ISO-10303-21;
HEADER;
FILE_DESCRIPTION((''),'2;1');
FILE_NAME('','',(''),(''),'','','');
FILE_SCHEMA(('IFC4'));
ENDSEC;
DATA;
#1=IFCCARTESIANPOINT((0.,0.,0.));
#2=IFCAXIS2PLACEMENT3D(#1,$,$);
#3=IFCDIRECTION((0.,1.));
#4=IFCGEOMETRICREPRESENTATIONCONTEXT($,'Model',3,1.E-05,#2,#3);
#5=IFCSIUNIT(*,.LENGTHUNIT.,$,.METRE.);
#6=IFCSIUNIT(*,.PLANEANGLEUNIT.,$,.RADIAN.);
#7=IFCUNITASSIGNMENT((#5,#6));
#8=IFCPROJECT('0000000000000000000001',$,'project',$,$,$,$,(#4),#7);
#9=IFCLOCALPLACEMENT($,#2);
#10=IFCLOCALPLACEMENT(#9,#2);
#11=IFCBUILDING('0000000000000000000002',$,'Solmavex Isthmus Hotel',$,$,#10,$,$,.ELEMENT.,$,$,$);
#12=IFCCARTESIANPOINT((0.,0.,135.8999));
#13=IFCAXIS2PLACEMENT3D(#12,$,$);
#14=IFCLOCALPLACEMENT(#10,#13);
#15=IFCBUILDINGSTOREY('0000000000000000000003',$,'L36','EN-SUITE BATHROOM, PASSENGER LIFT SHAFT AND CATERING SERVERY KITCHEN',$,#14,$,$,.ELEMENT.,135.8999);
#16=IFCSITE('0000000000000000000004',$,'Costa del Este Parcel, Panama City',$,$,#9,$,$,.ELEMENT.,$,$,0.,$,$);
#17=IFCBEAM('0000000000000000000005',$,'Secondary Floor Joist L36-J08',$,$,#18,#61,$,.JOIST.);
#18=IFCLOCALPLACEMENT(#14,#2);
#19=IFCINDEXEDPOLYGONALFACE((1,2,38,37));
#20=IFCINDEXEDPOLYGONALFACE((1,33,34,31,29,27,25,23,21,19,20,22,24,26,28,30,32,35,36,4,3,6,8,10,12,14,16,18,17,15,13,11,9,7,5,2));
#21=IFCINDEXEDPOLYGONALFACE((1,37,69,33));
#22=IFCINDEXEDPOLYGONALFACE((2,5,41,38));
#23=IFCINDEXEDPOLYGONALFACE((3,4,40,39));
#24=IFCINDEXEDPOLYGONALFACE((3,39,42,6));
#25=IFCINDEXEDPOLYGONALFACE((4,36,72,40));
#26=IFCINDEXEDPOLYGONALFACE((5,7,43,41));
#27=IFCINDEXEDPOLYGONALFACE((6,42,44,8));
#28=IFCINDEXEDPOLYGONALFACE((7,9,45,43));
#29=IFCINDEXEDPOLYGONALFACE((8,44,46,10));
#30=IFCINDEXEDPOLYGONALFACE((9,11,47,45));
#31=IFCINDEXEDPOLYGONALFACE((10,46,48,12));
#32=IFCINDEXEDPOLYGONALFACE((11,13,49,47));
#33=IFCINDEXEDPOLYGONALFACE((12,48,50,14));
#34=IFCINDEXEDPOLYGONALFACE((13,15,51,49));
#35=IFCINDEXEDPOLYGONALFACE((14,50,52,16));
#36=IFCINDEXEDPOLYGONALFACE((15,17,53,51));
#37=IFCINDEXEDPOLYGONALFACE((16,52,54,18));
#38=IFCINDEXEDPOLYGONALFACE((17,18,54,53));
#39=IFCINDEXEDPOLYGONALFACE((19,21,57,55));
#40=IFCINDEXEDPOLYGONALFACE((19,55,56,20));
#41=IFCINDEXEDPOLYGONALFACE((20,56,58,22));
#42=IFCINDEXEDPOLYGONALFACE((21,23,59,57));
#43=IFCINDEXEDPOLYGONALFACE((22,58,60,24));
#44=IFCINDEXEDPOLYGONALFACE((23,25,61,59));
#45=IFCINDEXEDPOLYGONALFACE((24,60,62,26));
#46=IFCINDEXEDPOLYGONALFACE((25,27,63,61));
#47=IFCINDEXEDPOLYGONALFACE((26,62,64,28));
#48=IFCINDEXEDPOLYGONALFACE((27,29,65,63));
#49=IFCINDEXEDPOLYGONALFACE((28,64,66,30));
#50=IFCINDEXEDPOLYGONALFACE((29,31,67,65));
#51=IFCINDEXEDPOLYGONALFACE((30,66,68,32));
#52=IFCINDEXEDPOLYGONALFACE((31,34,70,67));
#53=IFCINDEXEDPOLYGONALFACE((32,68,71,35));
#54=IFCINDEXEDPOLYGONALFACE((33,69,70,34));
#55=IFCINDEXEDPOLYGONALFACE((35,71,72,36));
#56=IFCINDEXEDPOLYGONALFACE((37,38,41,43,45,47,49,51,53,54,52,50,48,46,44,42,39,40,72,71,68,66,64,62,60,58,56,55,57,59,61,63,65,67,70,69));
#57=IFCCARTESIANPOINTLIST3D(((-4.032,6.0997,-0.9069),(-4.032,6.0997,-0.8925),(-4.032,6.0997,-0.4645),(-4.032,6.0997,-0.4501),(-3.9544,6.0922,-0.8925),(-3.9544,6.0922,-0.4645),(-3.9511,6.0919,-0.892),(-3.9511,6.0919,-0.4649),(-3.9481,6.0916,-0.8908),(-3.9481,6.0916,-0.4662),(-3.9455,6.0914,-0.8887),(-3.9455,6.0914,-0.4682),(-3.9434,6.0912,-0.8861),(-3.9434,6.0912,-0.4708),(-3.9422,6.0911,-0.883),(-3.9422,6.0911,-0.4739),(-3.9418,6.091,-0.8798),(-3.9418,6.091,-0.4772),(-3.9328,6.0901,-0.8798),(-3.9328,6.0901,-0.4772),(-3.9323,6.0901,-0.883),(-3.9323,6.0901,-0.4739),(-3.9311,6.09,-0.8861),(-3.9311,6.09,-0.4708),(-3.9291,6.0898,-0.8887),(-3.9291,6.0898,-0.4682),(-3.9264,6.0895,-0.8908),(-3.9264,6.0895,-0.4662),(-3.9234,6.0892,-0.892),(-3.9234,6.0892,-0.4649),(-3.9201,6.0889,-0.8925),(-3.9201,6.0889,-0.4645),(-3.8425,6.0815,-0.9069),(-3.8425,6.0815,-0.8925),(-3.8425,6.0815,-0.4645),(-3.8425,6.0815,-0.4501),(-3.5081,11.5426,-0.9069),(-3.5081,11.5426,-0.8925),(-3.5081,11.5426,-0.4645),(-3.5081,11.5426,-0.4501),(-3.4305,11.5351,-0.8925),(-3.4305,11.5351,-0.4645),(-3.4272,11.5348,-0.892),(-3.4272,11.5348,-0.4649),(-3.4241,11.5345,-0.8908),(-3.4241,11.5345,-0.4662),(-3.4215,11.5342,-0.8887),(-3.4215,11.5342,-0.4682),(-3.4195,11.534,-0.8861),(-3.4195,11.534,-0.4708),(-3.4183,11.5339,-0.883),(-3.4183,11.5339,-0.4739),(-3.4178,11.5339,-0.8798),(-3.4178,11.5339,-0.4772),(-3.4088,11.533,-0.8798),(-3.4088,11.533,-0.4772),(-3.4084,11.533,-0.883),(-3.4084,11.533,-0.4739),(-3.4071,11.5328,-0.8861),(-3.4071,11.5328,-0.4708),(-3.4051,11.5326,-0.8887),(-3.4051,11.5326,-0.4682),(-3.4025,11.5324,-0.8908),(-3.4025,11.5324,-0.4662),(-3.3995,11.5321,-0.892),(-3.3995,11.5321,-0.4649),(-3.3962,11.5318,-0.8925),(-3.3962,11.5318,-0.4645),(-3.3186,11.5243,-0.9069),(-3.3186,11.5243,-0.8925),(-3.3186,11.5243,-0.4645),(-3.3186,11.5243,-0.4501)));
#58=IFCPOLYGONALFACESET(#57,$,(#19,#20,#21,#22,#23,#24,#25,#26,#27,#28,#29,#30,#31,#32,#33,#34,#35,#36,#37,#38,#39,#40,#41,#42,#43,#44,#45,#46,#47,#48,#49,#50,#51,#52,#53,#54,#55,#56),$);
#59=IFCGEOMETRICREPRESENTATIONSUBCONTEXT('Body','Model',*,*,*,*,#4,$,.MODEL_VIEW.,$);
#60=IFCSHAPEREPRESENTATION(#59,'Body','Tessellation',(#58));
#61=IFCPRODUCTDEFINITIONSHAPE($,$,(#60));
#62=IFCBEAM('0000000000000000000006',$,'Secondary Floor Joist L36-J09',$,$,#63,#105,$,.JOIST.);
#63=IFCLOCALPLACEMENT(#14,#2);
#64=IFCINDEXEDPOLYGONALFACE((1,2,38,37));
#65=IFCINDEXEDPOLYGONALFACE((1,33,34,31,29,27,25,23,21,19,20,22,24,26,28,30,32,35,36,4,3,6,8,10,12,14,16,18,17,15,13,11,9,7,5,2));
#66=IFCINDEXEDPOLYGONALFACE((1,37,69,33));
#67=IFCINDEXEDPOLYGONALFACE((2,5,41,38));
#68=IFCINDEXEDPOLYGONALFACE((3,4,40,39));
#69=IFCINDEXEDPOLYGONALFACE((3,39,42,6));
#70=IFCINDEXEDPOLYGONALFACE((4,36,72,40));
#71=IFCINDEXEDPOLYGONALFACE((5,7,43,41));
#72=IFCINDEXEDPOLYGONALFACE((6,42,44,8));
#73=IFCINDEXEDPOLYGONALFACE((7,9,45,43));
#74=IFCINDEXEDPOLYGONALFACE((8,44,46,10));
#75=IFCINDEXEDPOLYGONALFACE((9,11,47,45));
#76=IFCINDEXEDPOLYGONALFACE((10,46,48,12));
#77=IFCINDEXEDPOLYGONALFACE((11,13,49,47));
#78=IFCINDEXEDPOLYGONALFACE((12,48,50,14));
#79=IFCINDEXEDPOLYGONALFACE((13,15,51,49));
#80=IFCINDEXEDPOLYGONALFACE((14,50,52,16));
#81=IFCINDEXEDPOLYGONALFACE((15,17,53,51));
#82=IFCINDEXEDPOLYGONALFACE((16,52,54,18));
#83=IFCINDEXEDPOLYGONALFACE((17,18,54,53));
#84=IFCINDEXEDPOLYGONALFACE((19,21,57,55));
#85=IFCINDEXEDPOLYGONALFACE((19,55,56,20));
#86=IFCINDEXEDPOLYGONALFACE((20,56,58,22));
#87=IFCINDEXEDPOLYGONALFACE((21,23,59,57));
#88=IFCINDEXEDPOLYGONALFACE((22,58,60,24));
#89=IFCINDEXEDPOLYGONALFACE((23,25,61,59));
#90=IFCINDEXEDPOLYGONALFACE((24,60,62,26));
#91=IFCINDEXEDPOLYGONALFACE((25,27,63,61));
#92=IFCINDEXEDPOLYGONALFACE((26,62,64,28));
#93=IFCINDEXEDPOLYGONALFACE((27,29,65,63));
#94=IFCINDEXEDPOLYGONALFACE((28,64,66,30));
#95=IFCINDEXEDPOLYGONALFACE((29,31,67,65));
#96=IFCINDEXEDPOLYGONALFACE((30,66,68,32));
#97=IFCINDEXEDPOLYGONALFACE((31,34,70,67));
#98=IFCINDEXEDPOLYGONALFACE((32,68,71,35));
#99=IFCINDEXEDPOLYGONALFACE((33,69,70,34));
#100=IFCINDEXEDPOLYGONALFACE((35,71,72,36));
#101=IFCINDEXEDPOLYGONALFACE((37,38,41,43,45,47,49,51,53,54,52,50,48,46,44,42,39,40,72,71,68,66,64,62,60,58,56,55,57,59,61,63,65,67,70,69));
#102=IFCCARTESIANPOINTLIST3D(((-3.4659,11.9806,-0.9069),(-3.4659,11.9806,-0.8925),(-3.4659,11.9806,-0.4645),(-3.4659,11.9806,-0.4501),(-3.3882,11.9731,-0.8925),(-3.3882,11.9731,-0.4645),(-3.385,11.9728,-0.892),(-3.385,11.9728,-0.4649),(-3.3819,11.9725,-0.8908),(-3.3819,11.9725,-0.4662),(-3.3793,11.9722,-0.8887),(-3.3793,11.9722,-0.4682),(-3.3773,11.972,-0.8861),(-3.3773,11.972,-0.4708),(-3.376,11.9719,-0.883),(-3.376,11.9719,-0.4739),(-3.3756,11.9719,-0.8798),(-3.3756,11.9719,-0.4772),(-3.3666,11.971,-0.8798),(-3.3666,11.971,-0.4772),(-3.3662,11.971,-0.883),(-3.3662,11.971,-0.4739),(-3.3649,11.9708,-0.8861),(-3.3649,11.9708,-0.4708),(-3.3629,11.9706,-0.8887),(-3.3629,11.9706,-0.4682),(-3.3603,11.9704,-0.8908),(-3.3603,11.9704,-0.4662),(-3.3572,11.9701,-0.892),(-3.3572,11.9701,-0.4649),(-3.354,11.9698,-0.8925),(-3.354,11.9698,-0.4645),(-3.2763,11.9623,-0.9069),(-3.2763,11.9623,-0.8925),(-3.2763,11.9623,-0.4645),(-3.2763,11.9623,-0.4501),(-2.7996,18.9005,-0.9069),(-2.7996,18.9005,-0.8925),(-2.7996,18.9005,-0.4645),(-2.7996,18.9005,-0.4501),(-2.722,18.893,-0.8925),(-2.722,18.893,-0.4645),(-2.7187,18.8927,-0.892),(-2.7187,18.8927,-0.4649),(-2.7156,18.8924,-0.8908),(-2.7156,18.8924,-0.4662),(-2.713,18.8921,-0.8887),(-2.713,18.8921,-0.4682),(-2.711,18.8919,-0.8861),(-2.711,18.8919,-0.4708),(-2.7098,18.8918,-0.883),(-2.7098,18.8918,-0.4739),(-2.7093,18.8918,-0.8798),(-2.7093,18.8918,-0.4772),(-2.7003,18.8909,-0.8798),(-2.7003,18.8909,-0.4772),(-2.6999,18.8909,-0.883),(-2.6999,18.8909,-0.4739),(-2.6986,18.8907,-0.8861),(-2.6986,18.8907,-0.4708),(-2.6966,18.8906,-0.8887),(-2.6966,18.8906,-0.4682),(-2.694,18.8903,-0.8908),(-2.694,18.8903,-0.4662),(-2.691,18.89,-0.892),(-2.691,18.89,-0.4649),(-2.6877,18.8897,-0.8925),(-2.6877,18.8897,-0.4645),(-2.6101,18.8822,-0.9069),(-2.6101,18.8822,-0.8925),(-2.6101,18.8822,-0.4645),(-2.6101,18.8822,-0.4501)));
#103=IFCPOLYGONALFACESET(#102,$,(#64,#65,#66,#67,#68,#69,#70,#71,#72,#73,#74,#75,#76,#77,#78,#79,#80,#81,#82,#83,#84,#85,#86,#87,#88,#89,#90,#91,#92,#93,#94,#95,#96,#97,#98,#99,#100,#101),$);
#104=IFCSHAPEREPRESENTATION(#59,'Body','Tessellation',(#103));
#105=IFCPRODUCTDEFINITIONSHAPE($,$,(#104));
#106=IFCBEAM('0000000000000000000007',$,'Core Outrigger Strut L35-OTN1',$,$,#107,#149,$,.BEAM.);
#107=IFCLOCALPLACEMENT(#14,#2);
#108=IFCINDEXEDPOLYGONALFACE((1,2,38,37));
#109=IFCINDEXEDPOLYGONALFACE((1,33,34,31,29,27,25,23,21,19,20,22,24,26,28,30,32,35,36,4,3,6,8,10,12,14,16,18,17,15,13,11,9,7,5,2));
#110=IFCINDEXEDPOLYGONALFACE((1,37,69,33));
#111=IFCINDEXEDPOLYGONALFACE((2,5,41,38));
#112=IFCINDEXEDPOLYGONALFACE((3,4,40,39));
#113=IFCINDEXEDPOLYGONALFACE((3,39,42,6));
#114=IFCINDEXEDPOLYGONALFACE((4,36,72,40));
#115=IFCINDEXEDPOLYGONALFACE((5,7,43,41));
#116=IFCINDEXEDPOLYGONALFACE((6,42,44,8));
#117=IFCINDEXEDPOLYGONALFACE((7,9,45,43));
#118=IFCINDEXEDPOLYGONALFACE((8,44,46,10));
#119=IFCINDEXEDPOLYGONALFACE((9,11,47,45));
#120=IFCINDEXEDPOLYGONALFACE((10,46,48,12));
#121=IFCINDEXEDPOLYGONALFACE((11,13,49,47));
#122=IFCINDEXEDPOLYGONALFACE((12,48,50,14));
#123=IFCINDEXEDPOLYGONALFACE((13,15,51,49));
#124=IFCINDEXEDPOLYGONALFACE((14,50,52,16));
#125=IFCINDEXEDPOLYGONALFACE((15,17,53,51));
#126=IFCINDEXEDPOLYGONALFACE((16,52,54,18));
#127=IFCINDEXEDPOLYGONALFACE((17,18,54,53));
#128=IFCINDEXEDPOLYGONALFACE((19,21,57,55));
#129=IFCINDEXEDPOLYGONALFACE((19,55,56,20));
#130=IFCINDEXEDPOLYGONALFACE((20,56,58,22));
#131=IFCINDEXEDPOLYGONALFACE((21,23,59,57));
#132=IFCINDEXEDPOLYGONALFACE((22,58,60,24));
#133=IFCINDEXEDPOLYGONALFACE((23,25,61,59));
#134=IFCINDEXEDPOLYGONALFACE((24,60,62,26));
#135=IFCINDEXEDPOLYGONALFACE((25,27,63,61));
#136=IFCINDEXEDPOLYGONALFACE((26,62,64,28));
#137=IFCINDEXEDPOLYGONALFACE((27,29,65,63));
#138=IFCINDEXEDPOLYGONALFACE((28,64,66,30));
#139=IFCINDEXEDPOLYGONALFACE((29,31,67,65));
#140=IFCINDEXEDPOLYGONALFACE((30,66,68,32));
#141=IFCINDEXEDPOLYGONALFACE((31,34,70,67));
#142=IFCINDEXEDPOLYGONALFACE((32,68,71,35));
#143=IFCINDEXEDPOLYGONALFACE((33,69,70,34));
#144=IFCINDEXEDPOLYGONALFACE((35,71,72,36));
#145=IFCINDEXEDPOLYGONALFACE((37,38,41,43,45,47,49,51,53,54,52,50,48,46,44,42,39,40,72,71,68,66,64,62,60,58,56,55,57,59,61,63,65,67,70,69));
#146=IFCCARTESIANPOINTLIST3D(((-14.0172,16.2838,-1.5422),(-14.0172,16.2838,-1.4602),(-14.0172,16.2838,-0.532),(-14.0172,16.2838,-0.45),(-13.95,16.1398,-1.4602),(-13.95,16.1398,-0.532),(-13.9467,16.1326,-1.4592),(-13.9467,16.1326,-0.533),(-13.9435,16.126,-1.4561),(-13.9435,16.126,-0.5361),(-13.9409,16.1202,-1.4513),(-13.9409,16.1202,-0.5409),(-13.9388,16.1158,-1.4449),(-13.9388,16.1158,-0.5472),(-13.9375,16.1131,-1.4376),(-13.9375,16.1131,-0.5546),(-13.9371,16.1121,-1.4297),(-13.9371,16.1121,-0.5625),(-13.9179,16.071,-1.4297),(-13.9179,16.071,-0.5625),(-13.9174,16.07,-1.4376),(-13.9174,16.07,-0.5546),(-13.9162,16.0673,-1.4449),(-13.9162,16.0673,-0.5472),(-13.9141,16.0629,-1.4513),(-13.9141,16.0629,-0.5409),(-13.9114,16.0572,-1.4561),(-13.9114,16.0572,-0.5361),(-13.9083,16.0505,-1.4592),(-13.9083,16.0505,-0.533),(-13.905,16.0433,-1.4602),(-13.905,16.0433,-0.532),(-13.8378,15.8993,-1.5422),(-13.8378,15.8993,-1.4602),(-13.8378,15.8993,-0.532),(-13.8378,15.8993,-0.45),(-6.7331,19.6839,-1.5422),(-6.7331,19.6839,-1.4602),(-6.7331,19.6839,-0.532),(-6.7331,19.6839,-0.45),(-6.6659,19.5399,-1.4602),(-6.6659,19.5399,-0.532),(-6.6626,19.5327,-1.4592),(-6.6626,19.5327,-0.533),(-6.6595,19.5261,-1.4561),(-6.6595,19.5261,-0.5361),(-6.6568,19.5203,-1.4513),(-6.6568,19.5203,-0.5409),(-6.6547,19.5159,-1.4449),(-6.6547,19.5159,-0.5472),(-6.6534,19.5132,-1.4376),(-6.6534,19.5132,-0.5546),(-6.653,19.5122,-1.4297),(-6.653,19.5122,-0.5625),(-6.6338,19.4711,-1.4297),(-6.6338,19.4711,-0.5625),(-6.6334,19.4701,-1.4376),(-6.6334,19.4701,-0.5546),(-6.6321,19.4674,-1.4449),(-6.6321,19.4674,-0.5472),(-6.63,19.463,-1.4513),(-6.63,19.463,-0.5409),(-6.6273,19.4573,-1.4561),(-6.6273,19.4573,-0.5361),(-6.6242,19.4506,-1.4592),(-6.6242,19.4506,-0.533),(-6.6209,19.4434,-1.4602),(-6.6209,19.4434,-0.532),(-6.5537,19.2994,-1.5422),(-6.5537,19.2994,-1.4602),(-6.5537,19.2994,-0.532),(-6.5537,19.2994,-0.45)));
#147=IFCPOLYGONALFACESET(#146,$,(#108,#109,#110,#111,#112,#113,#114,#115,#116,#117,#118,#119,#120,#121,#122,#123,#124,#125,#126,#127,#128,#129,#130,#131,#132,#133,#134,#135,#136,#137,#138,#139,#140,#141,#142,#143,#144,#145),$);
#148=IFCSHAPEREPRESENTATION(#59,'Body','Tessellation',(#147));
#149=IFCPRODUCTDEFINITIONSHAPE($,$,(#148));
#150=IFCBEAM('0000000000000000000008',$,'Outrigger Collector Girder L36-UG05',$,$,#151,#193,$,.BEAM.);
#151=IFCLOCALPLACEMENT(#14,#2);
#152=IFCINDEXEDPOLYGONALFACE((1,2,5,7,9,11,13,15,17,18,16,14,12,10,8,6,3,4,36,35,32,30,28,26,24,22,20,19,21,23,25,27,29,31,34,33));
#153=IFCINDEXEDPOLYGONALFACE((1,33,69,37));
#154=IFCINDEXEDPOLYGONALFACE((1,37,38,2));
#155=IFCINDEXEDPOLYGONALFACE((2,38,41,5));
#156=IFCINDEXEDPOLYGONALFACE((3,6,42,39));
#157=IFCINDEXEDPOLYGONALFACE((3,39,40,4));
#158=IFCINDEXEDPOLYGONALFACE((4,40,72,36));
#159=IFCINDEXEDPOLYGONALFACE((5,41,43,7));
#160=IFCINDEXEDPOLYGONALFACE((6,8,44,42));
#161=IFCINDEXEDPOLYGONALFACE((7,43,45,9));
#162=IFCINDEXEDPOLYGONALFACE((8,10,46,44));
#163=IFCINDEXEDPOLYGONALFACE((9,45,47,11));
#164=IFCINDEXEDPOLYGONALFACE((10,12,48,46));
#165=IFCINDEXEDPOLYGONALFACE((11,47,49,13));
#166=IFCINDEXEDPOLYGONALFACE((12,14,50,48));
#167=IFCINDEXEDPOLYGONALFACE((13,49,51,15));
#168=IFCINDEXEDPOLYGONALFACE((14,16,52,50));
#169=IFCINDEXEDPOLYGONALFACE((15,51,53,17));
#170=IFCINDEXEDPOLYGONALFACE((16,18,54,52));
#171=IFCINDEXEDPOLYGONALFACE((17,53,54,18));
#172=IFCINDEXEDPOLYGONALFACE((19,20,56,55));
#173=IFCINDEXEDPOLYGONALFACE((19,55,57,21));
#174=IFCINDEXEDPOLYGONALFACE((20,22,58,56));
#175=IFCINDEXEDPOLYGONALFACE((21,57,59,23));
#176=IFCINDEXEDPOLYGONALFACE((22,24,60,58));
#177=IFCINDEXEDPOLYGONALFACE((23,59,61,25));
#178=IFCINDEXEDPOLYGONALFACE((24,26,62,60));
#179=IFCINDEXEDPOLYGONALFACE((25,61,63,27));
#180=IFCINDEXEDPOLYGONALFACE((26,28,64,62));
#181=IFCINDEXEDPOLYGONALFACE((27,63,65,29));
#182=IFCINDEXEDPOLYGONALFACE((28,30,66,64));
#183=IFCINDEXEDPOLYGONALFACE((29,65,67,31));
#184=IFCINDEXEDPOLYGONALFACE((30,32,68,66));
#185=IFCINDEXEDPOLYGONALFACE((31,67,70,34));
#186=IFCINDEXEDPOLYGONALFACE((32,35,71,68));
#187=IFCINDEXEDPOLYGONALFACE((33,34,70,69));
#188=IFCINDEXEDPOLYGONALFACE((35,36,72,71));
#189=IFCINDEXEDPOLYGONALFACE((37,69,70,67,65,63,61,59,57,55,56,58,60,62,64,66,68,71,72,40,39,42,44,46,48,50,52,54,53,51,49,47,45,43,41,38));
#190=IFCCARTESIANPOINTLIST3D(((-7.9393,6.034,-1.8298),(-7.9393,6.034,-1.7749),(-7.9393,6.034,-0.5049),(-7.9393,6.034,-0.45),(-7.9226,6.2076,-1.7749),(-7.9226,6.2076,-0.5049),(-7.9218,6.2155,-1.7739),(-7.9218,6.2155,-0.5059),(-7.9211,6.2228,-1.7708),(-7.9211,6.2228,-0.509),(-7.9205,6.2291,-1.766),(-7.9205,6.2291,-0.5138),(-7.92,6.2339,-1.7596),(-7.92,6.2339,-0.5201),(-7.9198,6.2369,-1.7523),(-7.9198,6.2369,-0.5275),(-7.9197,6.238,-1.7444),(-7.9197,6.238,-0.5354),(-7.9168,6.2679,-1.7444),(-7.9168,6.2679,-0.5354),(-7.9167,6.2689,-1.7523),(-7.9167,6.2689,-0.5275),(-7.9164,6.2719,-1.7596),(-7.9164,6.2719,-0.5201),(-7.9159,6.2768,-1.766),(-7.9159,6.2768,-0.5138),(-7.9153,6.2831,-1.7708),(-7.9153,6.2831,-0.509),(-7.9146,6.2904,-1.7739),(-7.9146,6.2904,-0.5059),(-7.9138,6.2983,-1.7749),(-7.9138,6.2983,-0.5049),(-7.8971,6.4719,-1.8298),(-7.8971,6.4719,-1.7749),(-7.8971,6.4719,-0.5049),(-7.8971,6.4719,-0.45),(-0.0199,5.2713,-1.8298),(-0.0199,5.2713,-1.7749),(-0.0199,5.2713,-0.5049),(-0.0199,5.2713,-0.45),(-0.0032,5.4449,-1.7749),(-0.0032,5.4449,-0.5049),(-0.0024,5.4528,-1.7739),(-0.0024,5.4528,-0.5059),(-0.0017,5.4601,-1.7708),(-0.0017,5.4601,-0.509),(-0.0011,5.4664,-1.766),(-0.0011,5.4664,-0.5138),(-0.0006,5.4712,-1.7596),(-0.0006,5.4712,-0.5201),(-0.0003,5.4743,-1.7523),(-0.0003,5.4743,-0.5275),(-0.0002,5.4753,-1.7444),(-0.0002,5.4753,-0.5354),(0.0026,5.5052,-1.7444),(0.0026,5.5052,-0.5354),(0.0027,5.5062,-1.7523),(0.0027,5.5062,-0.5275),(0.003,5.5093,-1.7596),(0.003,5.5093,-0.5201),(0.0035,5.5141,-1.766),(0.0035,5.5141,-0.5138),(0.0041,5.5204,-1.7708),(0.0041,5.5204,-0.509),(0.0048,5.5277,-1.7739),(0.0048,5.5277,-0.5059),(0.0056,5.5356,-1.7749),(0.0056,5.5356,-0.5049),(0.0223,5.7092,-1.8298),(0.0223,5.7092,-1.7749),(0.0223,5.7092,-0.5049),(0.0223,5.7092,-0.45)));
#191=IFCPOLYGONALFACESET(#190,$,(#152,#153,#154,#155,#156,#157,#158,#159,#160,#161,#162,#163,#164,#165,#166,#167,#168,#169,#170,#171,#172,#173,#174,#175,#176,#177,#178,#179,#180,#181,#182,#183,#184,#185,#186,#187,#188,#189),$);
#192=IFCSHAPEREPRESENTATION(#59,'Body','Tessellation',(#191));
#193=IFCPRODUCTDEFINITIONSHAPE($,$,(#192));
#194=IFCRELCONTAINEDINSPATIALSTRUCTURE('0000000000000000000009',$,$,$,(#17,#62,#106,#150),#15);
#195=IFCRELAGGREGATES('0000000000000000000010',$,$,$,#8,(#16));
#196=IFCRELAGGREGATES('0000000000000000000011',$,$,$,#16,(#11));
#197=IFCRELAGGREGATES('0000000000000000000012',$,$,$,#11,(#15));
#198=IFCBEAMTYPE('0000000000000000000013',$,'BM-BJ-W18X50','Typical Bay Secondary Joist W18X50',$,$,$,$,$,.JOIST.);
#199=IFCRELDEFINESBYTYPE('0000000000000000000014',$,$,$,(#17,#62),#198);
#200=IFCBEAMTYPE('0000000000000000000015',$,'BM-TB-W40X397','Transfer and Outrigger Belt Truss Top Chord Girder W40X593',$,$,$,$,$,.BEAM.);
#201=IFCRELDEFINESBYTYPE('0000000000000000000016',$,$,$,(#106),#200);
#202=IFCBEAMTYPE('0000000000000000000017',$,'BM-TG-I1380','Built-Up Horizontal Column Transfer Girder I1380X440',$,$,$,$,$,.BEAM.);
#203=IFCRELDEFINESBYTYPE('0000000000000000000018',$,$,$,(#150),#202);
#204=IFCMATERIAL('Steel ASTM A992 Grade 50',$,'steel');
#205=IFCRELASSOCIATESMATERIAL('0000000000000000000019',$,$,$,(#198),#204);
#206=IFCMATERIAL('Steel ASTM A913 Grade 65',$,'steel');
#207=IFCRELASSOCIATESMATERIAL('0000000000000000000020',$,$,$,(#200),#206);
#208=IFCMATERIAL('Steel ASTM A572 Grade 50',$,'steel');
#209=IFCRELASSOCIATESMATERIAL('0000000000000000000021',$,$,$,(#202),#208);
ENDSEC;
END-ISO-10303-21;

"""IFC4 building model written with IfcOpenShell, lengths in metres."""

from ifc_helpers import new_model, si_unit, direction, frame, origin, origin_2d, place, context, subcontext, project, spatial, i_section, extrude, material, material_profile, profile_set, type_object, element, save


model = new_model("IFC4")

# Units and contexts
model_context = context("Model", 3, precision=1e-05, world=origin(), true_north=direction((0.0, 1.0)))
body_context = subcontext(model_context, "Body", "Model", "MODEL_VIEW")
ifc_project = project(units=[si_unit("LENGTHUNIT", "METRE"), si_unit("PLANEANGLEUNIT", "RADIAN")], contexts=[model_context])

# Site, building, storey
site_placement = place(None, origin())
site = spatial("IfcSite", under=ifc_project, at=site_placement, Name="Costa del Este Parcel, Panama City", CompositionType="ELEMENT", RefElevation=0.0)
building_placement = place(site_placement, origin())
building = spatial("IfcBuilding", under=site, at=building_placement, Name="Solmavex Isthmus Hotel", CompositionType="ELEMENT")
storey_placement = place(building_placement, frame((0.0, 0.0, 135.8999)))
storey = spatial("IfcBuildingStorey", under=building, at=storey_placement, Name="L36", Description="EN-SUITE BATHROOM, PASSENGER LIFT SHAFT AND CATERING SERVERY KITCHEN", CompositionType="ELEMENT", Elevation=135.8999)

# Shared definitions
ifc_material_1 = material(Name="Steel ASTM A913 Grade 65", Category="steel")

# Beams
ifc_material_2 = material(Name="Steel ASTM A992 Grade 50", Category="steel")
ifc_material_profile_1 = material_profile(ifc_material_2, i_section(OverallWidth=0.1904, OverallDepth=0.4568, WebThickness=0.009, FlangeThickness=0.0144, FilletRadius=0.0127, at=origin_2d()), Name="W18X50")
ifc_profile_set_1 = profile_set([ifc_material_profile_1], Name="Steel ASTM A992 Grade 50")
beam_type_1 = type_object("IfcBeamType", Name="BM-BJ-W18X50", Description="Typical Bay Secondary Joist W18X50", PredefinedType="JOIST", material=ifc_profile_set_1)
beam_1_placement = place(storey_placement, frame((-3.9373, 6.0906, -0.6785), z_axis=(0.095816, 0.995399, 0.0), x_axis=(-0.995399, 0.095816, 0.0)))
element("IfcBeam", 1, at=beam_1_placement, inside=storey, type_object=beam_type_1, Name="Secondary Floor Joist L36-J08", PredefinedType="JOIST", context=body_context, shape_type="SweptSolid", body=[
    extrude(i_section(OverallWidth=0.1904, OverallDepth=0.4568, WebThickness=0.009, FlangeThickness=0.0144, FilletRadius=0.0127, at=origin_2d()), origin(), (0.0, 0.0, 1.0), 5.468),
])
beam_2_placement = place(storey_placement, frame((-3.3711, 11.9714, -0.6785), z_axis=(0.095838, 0.995397, 0.0), x_axis=(-0.995397, 0.095838, 0.0)))
element("IfcBeam", 2, at=beam_2_placement, inside=storey, type_object=beam_type_1, Name="Secondary Floor Joist L36-J09", PredefinedType="JOIST", context=body_context, shape_type="SweptSolid", body=[
    extrude(i_section(OverallWidth=0.1904, OverallDepth=0.4568, WebThickness=0.009, FlangeThickness=0.0144, FilletRadius=0.0127, at=origin_2d()), origin(), (0.0, 0.0, 1.0), 6.9519),
])
ifc_material_profile_2 = material_profile(ifc_material_1, i_section(OverallWidth=0.4243, OverallDepth=1.0923, WebThickness=0.0454, FlangeThickness=0.082, FilletRadius=0.0305, at=origin_2d()), Name="W40X593")
ifc_profile_set_2 = profile_set([ifc_material_profile_2], Name="Steel ASTM A913 Grade 65")
beam_type_2 = type_object("IfcBeamType", Name="BM-TB-W40X397", Description="Transfer and Outrigger Belt Truss Top Chord Girder W40X593", PredefinedType="BEAM", material=ifc_profile_set_2)
beam_3_placement = place(storey_placement, frame((-13.9275, 16.0916, -0.9961), z_axis=(0.906142, 0.422974, 0.0), x_axis=(-0.422974, 0.906142, 0.0)))
element("IfcBeam", 3, at=beam_3_placement, inside=storey, type_object=beam_type_2, Name="Core Outrigger Strut L35-OTN1", PredefinedType="BEAM", context=body_context, shape_type="SweptSolid", body=[
    extrude(i_section(OverallWidth=0.4243, OverallDepth=1.0923, WebThickness=0.0454, FlangeThickness=0.082, FilletRadius=0.0305, at=origin_2d()), origin(), (0.0, 0.0, 1.0), 8.0386),
])
ifc_material_3 = material(Name="Steel ASTM A572 Grade 50", Category="steel")
ifc_material_profile_3 = material_profile(ifc_material_3, i_section(OverallWidth=0.4399, OverallDepth=1.3799, WebThickness=0.03, FlangeThickness=0.0549, FilletRadius=0.0305, at=origin_2d()), Name="I1380X440")
ifc_profile_set_3 = profile_set([ifc_material_profile_3], Name="Steel ASTM A572 Grade 50")
beam_type_3 = type_object("IfcBeamType", Name="BM-TG-I1380", Description="Built-Up Horizontal Column Transfer Girder I1380X440", PredefinedType="BEAM", material=ifc_profile_set_3)
for number, where, z_axis, x_axis, name in (
    (4, (-7.9182, 6.2529, -1.1399), (0.995395, -0.095863, 0.0), (0.095863, 0.995395, 0.0), "Outrigger Collector Girder L36-UG05"),
):
    element("IfcBeam", number, at=place(storey_placement, frame(where, z_axis=z_axis, x_axis=x_axis)), inside=storey, type_object=beam_type_3, Name=name, PredefinedType="BEAM", context=body_context, shape_type="SweptSolid", body=[
        extrude(i_section(OverallWidth=0.4399, OverallDepth=1.3799, WebThickness=0.03, FlangeThickness=0.0549, FilletRadius=0.0305, at=origin_2d()), origin(), (0.0, 0.0, 1.0), 7.9561),
    ])

save(model, "model.ifc")
